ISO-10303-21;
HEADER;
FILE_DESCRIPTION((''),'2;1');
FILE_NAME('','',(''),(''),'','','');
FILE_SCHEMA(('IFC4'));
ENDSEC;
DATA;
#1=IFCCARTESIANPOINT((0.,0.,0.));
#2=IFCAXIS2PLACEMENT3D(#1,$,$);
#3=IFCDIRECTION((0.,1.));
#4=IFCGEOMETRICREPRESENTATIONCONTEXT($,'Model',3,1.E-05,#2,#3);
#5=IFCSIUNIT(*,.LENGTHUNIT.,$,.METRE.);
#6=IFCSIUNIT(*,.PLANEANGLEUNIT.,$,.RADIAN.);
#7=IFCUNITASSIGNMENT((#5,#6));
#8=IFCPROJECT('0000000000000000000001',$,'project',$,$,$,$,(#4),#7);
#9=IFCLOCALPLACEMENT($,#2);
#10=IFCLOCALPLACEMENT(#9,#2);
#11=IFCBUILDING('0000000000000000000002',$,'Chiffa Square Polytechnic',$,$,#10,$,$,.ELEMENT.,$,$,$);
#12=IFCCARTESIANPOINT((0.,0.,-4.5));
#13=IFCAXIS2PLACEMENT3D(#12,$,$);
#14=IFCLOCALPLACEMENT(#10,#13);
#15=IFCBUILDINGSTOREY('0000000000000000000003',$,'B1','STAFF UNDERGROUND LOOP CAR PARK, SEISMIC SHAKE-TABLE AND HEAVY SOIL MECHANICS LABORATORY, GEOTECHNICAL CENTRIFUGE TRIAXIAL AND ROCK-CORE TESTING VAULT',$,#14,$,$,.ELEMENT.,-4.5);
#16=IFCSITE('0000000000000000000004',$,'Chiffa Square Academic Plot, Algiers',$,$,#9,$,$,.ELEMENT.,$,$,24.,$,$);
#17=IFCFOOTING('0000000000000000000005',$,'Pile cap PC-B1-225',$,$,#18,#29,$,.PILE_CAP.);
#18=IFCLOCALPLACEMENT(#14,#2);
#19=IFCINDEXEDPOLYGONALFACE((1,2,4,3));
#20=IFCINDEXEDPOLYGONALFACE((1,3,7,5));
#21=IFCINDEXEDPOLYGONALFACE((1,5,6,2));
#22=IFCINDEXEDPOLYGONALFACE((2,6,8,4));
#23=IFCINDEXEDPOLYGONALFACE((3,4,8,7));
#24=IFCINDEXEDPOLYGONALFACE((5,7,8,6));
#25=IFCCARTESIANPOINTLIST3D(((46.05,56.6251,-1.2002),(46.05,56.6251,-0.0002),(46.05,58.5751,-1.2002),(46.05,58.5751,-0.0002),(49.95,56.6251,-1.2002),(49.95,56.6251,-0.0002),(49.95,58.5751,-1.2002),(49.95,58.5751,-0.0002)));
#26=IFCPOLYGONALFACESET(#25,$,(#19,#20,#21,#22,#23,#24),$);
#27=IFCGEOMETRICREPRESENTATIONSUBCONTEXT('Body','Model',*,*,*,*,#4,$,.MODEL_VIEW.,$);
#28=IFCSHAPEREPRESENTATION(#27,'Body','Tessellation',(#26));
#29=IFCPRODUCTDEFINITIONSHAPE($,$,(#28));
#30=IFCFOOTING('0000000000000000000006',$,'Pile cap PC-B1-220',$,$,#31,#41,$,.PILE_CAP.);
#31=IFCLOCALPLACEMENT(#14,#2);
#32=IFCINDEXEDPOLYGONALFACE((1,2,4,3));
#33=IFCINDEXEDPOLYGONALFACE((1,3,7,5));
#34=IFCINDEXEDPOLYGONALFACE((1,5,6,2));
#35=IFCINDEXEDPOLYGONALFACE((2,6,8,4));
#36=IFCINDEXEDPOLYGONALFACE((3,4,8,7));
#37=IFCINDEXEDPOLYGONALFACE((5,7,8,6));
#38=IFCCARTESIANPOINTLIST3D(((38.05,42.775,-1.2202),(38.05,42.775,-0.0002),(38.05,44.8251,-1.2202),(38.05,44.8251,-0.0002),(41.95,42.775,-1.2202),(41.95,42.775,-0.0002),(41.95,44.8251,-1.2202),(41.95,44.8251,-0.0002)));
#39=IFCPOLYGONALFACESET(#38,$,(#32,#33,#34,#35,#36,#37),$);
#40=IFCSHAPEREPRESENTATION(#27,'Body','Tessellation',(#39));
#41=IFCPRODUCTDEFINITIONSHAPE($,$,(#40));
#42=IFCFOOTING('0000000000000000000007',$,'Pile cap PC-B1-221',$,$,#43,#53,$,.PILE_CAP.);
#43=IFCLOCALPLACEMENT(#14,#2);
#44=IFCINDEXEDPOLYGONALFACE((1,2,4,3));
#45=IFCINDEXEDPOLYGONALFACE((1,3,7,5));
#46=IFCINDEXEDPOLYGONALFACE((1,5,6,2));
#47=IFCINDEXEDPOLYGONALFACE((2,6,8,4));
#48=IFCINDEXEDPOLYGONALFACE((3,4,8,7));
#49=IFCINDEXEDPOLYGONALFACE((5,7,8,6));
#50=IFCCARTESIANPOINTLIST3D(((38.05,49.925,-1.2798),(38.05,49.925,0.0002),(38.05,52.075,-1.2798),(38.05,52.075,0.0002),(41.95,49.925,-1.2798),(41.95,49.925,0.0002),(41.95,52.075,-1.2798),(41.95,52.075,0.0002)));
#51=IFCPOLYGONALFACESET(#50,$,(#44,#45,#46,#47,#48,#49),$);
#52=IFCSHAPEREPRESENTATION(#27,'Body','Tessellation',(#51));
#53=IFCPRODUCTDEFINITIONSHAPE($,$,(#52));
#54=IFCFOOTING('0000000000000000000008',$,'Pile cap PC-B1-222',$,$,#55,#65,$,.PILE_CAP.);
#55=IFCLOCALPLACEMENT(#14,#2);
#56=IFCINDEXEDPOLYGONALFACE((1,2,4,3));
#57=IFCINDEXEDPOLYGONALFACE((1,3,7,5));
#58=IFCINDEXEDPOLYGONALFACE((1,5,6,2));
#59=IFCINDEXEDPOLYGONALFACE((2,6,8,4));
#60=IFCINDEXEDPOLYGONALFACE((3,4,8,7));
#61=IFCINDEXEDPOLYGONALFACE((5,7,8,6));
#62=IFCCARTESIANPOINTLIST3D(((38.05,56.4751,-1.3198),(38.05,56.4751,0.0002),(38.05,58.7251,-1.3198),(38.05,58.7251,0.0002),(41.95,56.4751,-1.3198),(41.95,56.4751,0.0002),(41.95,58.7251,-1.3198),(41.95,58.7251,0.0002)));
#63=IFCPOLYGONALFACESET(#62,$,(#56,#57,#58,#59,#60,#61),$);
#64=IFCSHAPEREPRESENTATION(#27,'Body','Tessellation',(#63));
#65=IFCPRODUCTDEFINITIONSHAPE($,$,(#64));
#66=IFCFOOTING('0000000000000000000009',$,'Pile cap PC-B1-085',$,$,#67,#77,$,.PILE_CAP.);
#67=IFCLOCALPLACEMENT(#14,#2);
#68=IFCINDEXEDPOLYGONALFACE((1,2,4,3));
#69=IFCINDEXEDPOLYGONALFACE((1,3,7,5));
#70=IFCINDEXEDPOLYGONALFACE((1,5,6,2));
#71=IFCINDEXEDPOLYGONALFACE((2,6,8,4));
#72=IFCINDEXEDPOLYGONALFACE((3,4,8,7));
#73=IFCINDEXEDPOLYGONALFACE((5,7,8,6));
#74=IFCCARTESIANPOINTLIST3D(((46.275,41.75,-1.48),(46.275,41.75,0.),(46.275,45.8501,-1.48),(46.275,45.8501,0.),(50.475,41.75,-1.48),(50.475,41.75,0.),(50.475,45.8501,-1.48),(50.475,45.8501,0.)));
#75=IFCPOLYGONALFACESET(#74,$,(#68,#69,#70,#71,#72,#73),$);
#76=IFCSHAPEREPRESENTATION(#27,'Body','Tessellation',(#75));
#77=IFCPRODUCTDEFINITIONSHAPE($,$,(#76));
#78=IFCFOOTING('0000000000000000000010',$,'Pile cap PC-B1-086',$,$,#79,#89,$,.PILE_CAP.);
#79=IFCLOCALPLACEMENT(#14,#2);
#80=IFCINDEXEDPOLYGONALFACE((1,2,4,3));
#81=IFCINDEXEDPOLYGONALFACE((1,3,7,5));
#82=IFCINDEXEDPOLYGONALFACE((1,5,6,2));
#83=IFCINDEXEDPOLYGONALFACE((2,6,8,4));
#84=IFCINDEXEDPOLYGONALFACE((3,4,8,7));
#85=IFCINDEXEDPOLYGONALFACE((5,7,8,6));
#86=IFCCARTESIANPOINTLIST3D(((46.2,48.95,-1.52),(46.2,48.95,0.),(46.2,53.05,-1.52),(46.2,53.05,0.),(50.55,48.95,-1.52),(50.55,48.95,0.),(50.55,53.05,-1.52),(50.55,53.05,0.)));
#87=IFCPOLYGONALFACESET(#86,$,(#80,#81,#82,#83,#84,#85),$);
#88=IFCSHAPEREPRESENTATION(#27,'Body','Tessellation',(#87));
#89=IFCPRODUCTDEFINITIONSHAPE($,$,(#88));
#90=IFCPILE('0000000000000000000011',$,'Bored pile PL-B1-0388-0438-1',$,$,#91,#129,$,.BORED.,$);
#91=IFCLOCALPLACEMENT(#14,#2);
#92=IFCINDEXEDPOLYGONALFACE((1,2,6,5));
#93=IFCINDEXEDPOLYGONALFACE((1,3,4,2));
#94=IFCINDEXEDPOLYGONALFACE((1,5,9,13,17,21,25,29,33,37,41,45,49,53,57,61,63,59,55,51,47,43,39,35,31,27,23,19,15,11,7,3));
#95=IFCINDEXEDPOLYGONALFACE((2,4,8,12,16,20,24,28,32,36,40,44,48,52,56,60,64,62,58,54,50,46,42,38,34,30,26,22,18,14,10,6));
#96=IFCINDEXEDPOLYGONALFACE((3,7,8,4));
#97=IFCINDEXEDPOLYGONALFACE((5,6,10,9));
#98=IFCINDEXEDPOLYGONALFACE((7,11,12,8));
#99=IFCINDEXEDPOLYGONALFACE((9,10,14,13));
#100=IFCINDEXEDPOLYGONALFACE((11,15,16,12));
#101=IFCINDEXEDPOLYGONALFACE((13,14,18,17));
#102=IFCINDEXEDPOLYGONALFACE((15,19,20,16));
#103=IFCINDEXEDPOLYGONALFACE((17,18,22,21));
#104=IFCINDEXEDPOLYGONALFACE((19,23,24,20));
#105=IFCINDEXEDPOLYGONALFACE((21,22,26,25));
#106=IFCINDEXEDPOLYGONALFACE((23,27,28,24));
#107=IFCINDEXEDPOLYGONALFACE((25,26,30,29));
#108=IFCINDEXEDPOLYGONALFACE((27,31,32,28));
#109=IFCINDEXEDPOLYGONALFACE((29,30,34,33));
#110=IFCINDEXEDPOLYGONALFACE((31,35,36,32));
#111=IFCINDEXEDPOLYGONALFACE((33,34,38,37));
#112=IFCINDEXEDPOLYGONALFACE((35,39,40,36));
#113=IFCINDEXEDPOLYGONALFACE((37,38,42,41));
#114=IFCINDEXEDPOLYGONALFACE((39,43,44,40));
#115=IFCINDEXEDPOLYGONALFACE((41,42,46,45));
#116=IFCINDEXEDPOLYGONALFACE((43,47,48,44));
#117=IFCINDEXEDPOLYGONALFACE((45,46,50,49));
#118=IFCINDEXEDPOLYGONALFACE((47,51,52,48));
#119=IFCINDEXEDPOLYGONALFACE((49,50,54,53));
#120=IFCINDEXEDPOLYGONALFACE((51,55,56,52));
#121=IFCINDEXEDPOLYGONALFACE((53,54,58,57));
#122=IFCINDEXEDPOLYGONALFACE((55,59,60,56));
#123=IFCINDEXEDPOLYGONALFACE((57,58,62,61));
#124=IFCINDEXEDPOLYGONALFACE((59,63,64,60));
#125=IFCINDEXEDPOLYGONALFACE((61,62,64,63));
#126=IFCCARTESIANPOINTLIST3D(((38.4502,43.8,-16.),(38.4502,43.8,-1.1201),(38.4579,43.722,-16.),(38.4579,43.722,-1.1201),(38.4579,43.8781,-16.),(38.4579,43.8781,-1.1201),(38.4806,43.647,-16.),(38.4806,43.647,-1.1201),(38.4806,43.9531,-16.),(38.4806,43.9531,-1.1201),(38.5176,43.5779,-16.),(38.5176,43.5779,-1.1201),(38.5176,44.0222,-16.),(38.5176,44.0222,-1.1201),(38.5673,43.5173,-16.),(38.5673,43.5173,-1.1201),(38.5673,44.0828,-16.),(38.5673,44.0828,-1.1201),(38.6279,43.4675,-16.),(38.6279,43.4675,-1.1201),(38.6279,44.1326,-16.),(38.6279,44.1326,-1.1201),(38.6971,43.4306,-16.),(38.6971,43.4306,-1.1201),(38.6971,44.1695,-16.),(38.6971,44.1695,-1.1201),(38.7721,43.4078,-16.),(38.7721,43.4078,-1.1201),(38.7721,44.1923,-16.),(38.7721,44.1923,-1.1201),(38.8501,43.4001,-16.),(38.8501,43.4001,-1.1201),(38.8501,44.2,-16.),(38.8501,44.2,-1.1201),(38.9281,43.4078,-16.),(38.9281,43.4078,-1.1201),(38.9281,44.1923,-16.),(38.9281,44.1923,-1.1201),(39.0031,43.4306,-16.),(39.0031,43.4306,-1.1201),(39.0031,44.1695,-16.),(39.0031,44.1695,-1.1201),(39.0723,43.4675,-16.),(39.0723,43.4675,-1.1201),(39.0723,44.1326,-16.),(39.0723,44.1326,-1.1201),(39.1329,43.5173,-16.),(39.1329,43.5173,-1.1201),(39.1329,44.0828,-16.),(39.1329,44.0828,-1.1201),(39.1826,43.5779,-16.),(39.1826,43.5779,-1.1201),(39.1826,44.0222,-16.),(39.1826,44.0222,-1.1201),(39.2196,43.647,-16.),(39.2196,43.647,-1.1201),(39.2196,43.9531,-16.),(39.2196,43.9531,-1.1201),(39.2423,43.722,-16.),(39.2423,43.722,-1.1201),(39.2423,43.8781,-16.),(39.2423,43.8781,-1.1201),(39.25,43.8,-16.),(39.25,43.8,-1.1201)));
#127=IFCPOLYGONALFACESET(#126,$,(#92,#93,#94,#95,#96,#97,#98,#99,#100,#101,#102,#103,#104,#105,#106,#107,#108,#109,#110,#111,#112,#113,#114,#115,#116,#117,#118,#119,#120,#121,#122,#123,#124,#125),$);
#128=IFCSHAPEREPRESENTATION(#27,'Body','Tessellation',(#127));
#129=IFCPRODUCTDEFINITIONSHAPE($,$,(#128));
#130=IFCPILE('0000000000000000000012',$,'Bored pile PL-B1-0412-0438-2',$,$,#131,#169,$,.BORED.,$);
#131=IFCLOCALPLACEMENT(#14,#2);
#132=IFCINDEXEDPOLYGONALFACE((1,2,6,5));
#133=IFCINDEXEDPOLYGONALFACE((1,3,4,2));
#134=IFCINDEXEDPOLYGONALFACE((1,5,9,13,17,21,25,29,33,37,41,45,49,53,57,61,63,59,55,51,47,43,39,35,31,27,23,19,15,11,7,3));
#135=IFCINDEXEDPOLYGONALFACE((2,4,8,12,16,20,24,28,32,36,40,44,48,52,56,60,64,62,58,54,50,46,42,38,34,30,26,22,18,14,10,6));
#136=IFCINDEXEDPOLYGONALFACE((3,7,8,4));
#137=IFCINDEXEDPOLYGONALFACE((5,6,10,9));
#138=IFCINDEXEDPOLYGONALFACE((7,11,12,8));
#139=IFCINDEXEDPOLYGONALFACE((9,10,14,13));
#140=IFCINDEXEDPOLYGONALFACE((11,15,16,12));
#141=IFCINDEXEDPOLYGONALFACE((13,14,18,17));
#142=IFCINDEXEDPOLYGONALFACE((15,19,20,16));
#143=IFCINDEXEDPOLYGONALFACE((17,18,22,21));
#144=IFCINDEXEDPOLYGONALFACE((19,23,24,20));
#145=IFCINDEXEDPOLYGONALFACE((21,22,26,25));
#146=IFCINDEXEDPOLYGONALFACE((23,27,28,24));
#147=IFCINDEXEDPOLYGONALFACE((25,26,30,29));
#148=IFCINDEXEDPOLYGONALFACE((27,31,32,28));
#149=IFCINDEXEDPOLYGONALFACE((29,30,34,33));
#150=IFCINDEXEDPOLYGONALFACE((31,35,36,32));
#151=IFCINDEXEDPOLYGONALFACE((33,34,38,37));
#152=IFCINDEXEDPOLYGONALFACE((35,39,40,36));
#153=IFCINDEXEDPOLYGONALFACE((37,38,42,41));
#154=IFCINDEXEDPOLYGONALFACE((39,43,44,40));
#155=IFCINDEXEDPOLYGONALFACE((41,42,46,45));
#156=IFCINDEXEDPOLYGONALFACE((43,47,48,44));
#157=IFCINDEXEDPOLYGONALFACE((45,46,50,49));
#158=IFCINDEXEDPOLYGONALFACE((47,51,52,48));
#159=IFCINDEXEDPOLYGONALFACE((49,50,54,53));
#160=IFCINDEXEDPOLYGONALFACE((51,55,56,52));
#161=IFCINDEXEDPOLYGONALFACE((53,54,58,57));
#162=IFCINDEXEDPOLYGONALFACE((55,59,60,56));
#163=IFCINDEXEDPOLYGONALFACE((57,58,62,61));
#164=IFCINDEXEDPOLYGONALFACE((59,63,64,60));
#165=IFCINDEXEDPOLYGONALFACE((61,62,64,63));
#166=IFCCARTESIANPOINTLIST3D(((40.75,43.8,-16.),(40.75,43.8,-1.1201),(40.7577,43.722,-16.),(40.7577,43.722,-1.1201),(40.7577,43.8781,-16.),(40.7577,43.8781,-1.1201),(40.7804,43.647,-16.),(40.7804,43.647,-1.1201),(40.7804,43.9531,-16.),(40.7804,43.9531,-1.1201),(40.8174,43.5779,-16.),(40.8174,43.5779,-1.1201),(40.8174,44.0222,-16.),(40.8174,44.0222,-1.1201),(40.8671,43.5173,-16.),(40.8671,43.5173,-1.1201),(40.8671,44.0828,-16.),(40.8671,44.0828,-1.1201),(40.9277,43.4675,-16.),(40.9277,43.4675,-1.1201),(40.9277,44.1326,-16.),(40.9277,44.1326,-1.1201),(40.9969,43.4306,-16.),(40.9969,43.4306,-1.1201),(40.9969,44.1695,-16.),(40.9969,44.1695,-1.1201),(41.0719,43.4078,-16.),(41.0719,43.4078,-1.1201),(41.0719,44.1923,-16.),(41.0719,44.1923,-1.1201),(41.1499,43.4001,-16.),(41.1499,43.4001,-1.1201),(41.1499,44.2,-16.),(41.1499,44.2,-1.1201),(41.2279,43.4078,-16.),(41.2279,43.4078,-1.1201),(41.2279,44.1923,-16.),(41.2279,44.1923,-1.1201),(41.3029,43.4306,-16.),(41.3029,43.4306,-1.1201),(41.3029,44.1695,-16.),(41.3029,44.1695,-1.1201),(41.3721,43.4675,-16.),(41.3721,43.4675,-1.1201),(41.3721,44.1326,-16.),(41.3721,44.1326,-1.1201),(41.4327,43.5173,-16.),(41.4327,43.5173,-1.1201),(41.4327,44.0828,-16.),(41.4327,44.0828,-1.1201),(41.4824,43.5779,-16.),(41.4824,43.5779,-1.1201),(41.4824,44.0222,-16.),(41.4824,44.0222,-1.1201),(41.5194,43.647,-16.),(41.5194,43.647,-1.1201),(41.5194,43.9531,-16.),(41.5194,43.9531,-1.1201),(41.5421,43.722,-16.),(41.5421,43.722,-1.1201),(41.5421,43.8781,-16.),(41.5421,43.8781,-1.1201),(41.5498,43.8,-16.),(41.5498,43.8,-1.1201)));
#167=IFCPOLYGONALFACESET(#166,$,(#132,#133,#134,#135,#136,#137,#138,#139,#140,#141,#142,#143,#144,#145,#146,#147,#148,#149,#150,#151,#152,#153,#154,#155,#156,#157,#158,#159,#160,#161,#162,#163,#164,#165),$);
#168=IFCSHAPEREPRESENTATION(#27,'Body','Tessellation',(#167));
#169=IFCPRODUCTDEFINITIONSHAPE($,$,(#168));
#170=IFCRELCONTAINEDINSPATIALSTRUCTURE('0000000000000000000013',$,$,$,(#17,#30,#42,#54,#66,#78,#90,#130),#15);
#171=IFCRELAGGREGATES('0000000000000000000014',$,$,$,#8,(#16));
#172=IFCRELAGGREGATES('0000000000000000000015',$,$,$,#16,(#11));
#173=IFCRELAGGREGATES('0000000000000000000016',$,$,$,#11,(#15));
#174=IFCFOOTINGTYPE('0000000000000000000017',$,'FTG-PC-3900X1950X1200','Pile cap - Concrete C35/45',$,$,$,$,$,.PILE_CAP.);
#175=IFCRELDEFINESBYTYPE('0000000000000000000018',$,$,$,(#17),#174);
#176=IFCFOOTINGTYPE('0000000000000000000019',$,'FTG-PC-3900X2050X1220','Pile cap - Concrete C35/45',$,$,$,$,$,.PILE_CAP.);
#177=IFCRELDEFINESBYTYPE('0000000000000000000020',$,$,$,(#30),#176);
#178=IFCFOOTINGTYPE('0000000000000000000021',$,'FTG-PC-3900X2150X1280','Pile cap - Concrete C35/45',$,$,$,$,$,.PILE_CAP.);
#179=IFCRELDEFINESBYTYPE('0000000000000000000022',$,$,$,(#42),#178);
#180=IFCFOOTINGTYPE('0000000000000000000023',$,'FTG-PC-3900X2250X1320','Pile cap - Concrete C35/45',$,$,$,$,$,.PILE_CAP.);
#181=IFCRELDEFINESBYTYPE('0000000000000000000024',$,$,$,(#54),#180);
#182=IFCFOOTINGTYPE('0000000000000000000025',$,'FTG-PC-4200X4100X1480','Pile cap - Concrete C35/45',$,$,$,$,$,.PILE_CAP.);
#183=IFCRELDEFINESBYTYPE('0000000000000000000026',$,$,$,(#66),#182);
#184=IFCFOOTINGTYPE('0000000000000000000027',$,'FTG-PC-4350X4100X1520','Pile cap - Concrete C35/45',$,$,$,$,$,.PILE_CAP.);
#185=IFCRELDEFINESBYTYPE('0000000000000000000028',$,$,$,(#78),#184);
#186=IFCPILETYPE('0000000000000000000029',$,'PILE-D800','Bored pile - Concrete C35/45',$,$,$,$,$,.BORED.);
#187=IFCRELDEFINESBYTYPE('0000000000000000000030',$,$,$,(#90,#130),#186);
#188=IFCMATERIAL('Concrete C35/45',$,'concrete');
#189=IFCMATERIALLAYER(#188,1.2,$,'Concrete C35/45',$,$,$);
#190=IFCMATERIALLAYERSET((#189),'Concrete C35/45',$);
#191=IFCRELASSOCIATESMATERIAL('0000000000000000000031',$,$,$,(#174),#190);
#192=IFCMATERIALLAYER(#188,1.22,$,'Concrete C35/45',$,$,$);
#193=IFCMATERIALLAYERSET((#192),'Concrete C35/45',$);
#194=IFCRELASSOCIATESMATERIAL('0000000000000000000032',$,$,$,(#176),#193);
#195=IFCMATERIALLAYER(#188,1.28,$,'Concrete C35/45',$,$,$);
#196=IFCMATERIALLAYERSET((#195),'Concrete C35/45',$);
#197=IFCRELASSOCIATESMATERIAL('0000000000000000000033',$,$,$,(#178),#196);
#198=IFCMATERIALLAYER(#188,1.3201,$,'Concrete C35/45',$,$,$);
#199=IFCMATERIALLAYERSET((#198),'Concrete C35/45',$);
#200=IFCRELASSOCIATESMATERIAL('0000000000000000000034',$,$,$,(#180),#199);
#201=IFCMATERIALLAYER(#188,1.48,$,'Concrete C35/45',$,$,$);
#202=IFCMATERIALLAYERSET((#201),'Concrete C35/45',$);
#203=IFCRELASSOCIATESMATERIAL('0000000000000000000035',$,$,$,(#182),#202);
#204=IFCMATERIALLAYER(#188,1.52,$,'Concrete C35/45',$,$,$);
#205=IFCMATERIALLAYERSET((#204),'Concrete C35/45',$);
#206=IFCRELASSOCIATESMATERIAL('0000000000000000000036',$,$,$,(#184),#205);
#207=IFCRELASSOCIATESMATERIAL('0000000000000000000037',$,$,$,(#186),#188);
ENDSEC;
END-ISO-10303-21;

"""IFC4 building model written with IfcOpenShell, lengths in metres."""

from ifc_helpers import new_model, si_unit, direction, frame, origin, origin_2d, place, context, subcontext, project, spatial, rectangle, circle, extrude, material, layer, layer_set, material_profile, profile_set, type_object, element, save


model = new_model("IFC4")

# Units and contexts
model_context = context("Model", 3, precision=1e-05, world=origin(), true_north=direction((0.0, 1.0)))
body_context = subcontext(model_context, "Body", "Model", "MODEL_VIEW")
ifc_project = project(units=[si_unit("LENGTHUNIT", "METRE"), si_unit("PLANEANGLEUNIT", "RADIAN")], contexts=[model_context])

# Site, building, storey
site_placement = place(None, origin())
site = spatial("IfcSite", under=ifc_project, at=site_placement, Name="Chiffa Square Academic Plot, Algiers", CompositionType="ELEMENT", RefElevation=24.0)
building_placement = place(site_placement, origin())
building = spatial("IfcBuilding", under=site, at=building_placement, Name="Chiffa Square Polytechnic", CompositionType="ELEMENT")
storey_placement = place(building_placement, frame((0.0, 0.0, -4.5)))
storey = spatial("IfcBuildingStorey", under=building, at=storey_placement, Name="B1", Description="STAFF UNDERGROUND LOOP CAR PARK, SEISMIC SHAKE-TABLE AND HEAVY SOIL MECHANICS LABORATORY, GEOTECHNICAL CENTRIFUGE TRIAXIAL AND ROCK-CORE TESTING VAULT", CompositionType="ELEMENT", Elevation=-4.5)

# Footings
ifc_material = material(Name="Concrete C35/45", Category="concrete")
ifc_layer_1 = layer(ifc_material, 1.2, Name="Concrete C35/45")
ifc_layer_set_1 = layer_set([ifc_layer_1], Name="Concrete C35/45")
footing_type_1 = type_object("IfcFootingType", Name="FTG-PC-3900X1950X1200", Description="Pile cap - Concrete C35/45", PredefinedType="PILE_CAP", material=ifc_layer_set_1)
footing_1_placement = place(storey_placement, frame((48.0, 57.6001, -1.2002), z_axis=(0.0, 0.0, 1.0), x_axis=(1.0, 0.0, 0.0)))
element("IfcFooting", 1, at=footing_1_placement, inside=storey, type_object=footing_type_1, Name="Pile cap PC-B1-225", PredefinedType="PILE_CAP", context=body_context, shape_type="SweptSolid", body=[
    extrude(rectangle(XDim=3.8999, YDim=1.95, at=origin_2d()), origin(), (0.0, 0.0, 1.0), 1.2),
])
ifc_layer_2 = layer(ifc_material, 1.22, Name="Concrete C35/45")
ifc_layer_set_2 = layer_set([ifc_layer_2], Name="Concrete C35/45")
footing_type_2 = type_object("IfcFootingType", Name="FTG-PC-3900X2050X1220", Description="Pile cap - Concrete C35/45", PredefinedType="PILE_CAP", material=ifc_layer_set_2)
footing_2_placement = place(storey_placement, frame((40.0, 43.8, -1.2202), z_axis=(0.0, 0.0, 1.0), x_axis=(1.0, 0.0, 0.0)))
element("IfcFooting", 2, at=footing_2_placement, inside=storey, type_object=footing_type_2, Name="Pile cap PC-B1-220", PredefinedType="PILE_CAP", context=body_context, shape_type="SweptSolid", body=[
    extrude(rectangle(XDim=3.8999, YDim=2.05, at=origin_2d()), origin(), (0.0, 0.0, 1.0), 1.22),
])
ifc_layer_3 = layer(ifc_material, 1.28, Name="Concrete C35/45")
ifc_layer_set_3 = layer_set([ifc_layer_3], Name="Concrete C35/45")
footing_type_3 = type_object("IfcFootingType", Name="FTG-PC-3900X2150X1280", Description="Pile cap - Concrete C35/45", PredefinedType="PILE_CAP", material=ifc_layer_set_3)
footing_3_placement = place(storey_placement, frame((40.0, 51.0, -1.2798), z_axis=(0.0, 0.0, 1.0), x_axis=(1.0, 0.0, 0.0)))
element("IfcFooting", 3, at=footing_3_placement, inside=storey, type_object=footing_type_3, Name="Pile cap PC-B1-221", PredefinedType="PILE_CAP", context=body_context, shape_type="SweptSolid", body=[
    extrude(rectangle(XDim=3.8999, YDim=2.1499, at=origin_2d()), origin(), (0.0, 0.0, 1.0), 1.28),
])
ifc_layer_4 = layer(ifc_material, 1.3201, Name="Concrete C35/45")
ifc_layer_set_4 = layer_set([ifc_layer_4], Name="Concrete C35/45")
footing_type_4 = type_object("IfcFootingType", Name="FTG-PC-3900X2250X1320", Description="Pile cap - Concrete C35/45", PredefinedType="PILE_CAP", material=ifc_layer_set_4)
footing_4_placement = place(storey_placement, frame((40.0, 57.6001, -1.3198), z_axis=(0.0, 0.0, 1.0), x_axis=(1.0, 0.0, 0.0)))
element("IfcFooting", 4, at=footing_4_placement, inside=storey, type_object=footing_type_4, Name="Pile cap PC-B1-222", PredefinedType="PILE_CAP", context=body_context, shape_type="SweptSolid", body=[
    extrude(rectangle(XDim=3.8999, YDim=2.25, at=origin_2d()), origin(), (0.0, 0.0, 1.0), 1.3201),
])
ifc_layer_5 = layer(ifc_material, 1.48, Name="Concrete C35/45")
ifc_layer_set_5 = layer_set([ifc_layer_5], Name="Concrete C35/45")
footing_type_5 = type_object("IfcFootingType", Name="FTG-PC-4200X4100X1480", Description="Pile cap - Concrete C35/45", PredefinedType="PILE_CAP", material=ifc_layer_set_5)
footing_5_placement = place(storey_placement, frame((48.375, 43.8, -1.48), z_axis=(0.0, 0.0, 1.0), x_axis=(1.0, 0.0, 0.0)))
element("IfcFooting", 5, at=footing_5_placement, inside=storey, type_object=footing_type_5, Name="Pile cap PC-B1-085", PredefinedType="PILE_CAP", context=body_context, shape_type="SweptSolid", body=[
    extrude(rectangle(XDim=4.2, YDim=4.1001, at=origin_2d()), origin(), (0.0, 0.0, 1.0), 1.48),
])
ifc_layer_6 = layer(ifc_material, 1.52, Name="Concrete C35/45")
ifc_layer_set_6 = layer_set([ifc_layer_6], Name="Concrete C35/45")
footing_type_6 = type_object("IfcFootingType", Name="FTG-PC-4350X4100X1520", Description="Pile cap - Concrete C35/45", PredefinedType="PILE_CAP", material=ifc_layer_set_6)
footing_6_placement = place(storey_placement, frame((48.375, 51.0, -1.52), z_axis=(0.0, 0.0, 1.0), x_axis=(1.0, 0.0, 0.0)))
element("IfcFooting", 6, at=footing_6_placement, inside=storey, type_object=footing_type_6, Name="Pile cap PC-B1-086", PredefinedType="PILE_CAP", context=body_context, shape_type="SweptSolid", body=[
    extrude(rectangle(XDim=4.3501, YDim=4.1001, at=origin_2d()), origin(), (0.0, 0.0, 1.0), 1.52),
])

# Piles
ifc_material_profile_1 = material_profile(ifc_material, circle(Radius=0.3999, at=origin_2d()), Name="PILE D800")
ifc_profile_set_1 = profile_set([ifc_material_profile_1], Name="Concrete C35/45")
pile_type_1 = type_object("IfcPileType", Name="PILE-D800", Description="Bored pile - Concrete C35/45", PredefinedType="BORED", material=ifc_profile_set_1)
for number, where, z_axis, x_axis, name in (
    (7, (38.8501, 43.8, -1.1201), (0.0, 0.0, -1.0), (1.0, 0.0, 0.0), "Bored pile PL-B1-0388-0438-1"),
    (8, (41.1499, 43.8, -1.1201), (0.0, 0.0, -1.0), (1.0, 0.0, 0.0), "Bored pile PL-B1-0412-0438-2"),
):
    element("IfcPile", number, at=place(storey_placement, frame(where, z_axis=z_axis, x_axis=x_axis)), inside=storey, type_object=pile_type_1, Name=name, PredefinedType="BORED", context=body_context, shape_type="SweptSolid", body=[
        extrude(circle(Radius=0.3999, at=origin_2d()), origin(), (0.0, 0.0, 1.0), 14.8799),
    ])

save(model, "model.ifc")
